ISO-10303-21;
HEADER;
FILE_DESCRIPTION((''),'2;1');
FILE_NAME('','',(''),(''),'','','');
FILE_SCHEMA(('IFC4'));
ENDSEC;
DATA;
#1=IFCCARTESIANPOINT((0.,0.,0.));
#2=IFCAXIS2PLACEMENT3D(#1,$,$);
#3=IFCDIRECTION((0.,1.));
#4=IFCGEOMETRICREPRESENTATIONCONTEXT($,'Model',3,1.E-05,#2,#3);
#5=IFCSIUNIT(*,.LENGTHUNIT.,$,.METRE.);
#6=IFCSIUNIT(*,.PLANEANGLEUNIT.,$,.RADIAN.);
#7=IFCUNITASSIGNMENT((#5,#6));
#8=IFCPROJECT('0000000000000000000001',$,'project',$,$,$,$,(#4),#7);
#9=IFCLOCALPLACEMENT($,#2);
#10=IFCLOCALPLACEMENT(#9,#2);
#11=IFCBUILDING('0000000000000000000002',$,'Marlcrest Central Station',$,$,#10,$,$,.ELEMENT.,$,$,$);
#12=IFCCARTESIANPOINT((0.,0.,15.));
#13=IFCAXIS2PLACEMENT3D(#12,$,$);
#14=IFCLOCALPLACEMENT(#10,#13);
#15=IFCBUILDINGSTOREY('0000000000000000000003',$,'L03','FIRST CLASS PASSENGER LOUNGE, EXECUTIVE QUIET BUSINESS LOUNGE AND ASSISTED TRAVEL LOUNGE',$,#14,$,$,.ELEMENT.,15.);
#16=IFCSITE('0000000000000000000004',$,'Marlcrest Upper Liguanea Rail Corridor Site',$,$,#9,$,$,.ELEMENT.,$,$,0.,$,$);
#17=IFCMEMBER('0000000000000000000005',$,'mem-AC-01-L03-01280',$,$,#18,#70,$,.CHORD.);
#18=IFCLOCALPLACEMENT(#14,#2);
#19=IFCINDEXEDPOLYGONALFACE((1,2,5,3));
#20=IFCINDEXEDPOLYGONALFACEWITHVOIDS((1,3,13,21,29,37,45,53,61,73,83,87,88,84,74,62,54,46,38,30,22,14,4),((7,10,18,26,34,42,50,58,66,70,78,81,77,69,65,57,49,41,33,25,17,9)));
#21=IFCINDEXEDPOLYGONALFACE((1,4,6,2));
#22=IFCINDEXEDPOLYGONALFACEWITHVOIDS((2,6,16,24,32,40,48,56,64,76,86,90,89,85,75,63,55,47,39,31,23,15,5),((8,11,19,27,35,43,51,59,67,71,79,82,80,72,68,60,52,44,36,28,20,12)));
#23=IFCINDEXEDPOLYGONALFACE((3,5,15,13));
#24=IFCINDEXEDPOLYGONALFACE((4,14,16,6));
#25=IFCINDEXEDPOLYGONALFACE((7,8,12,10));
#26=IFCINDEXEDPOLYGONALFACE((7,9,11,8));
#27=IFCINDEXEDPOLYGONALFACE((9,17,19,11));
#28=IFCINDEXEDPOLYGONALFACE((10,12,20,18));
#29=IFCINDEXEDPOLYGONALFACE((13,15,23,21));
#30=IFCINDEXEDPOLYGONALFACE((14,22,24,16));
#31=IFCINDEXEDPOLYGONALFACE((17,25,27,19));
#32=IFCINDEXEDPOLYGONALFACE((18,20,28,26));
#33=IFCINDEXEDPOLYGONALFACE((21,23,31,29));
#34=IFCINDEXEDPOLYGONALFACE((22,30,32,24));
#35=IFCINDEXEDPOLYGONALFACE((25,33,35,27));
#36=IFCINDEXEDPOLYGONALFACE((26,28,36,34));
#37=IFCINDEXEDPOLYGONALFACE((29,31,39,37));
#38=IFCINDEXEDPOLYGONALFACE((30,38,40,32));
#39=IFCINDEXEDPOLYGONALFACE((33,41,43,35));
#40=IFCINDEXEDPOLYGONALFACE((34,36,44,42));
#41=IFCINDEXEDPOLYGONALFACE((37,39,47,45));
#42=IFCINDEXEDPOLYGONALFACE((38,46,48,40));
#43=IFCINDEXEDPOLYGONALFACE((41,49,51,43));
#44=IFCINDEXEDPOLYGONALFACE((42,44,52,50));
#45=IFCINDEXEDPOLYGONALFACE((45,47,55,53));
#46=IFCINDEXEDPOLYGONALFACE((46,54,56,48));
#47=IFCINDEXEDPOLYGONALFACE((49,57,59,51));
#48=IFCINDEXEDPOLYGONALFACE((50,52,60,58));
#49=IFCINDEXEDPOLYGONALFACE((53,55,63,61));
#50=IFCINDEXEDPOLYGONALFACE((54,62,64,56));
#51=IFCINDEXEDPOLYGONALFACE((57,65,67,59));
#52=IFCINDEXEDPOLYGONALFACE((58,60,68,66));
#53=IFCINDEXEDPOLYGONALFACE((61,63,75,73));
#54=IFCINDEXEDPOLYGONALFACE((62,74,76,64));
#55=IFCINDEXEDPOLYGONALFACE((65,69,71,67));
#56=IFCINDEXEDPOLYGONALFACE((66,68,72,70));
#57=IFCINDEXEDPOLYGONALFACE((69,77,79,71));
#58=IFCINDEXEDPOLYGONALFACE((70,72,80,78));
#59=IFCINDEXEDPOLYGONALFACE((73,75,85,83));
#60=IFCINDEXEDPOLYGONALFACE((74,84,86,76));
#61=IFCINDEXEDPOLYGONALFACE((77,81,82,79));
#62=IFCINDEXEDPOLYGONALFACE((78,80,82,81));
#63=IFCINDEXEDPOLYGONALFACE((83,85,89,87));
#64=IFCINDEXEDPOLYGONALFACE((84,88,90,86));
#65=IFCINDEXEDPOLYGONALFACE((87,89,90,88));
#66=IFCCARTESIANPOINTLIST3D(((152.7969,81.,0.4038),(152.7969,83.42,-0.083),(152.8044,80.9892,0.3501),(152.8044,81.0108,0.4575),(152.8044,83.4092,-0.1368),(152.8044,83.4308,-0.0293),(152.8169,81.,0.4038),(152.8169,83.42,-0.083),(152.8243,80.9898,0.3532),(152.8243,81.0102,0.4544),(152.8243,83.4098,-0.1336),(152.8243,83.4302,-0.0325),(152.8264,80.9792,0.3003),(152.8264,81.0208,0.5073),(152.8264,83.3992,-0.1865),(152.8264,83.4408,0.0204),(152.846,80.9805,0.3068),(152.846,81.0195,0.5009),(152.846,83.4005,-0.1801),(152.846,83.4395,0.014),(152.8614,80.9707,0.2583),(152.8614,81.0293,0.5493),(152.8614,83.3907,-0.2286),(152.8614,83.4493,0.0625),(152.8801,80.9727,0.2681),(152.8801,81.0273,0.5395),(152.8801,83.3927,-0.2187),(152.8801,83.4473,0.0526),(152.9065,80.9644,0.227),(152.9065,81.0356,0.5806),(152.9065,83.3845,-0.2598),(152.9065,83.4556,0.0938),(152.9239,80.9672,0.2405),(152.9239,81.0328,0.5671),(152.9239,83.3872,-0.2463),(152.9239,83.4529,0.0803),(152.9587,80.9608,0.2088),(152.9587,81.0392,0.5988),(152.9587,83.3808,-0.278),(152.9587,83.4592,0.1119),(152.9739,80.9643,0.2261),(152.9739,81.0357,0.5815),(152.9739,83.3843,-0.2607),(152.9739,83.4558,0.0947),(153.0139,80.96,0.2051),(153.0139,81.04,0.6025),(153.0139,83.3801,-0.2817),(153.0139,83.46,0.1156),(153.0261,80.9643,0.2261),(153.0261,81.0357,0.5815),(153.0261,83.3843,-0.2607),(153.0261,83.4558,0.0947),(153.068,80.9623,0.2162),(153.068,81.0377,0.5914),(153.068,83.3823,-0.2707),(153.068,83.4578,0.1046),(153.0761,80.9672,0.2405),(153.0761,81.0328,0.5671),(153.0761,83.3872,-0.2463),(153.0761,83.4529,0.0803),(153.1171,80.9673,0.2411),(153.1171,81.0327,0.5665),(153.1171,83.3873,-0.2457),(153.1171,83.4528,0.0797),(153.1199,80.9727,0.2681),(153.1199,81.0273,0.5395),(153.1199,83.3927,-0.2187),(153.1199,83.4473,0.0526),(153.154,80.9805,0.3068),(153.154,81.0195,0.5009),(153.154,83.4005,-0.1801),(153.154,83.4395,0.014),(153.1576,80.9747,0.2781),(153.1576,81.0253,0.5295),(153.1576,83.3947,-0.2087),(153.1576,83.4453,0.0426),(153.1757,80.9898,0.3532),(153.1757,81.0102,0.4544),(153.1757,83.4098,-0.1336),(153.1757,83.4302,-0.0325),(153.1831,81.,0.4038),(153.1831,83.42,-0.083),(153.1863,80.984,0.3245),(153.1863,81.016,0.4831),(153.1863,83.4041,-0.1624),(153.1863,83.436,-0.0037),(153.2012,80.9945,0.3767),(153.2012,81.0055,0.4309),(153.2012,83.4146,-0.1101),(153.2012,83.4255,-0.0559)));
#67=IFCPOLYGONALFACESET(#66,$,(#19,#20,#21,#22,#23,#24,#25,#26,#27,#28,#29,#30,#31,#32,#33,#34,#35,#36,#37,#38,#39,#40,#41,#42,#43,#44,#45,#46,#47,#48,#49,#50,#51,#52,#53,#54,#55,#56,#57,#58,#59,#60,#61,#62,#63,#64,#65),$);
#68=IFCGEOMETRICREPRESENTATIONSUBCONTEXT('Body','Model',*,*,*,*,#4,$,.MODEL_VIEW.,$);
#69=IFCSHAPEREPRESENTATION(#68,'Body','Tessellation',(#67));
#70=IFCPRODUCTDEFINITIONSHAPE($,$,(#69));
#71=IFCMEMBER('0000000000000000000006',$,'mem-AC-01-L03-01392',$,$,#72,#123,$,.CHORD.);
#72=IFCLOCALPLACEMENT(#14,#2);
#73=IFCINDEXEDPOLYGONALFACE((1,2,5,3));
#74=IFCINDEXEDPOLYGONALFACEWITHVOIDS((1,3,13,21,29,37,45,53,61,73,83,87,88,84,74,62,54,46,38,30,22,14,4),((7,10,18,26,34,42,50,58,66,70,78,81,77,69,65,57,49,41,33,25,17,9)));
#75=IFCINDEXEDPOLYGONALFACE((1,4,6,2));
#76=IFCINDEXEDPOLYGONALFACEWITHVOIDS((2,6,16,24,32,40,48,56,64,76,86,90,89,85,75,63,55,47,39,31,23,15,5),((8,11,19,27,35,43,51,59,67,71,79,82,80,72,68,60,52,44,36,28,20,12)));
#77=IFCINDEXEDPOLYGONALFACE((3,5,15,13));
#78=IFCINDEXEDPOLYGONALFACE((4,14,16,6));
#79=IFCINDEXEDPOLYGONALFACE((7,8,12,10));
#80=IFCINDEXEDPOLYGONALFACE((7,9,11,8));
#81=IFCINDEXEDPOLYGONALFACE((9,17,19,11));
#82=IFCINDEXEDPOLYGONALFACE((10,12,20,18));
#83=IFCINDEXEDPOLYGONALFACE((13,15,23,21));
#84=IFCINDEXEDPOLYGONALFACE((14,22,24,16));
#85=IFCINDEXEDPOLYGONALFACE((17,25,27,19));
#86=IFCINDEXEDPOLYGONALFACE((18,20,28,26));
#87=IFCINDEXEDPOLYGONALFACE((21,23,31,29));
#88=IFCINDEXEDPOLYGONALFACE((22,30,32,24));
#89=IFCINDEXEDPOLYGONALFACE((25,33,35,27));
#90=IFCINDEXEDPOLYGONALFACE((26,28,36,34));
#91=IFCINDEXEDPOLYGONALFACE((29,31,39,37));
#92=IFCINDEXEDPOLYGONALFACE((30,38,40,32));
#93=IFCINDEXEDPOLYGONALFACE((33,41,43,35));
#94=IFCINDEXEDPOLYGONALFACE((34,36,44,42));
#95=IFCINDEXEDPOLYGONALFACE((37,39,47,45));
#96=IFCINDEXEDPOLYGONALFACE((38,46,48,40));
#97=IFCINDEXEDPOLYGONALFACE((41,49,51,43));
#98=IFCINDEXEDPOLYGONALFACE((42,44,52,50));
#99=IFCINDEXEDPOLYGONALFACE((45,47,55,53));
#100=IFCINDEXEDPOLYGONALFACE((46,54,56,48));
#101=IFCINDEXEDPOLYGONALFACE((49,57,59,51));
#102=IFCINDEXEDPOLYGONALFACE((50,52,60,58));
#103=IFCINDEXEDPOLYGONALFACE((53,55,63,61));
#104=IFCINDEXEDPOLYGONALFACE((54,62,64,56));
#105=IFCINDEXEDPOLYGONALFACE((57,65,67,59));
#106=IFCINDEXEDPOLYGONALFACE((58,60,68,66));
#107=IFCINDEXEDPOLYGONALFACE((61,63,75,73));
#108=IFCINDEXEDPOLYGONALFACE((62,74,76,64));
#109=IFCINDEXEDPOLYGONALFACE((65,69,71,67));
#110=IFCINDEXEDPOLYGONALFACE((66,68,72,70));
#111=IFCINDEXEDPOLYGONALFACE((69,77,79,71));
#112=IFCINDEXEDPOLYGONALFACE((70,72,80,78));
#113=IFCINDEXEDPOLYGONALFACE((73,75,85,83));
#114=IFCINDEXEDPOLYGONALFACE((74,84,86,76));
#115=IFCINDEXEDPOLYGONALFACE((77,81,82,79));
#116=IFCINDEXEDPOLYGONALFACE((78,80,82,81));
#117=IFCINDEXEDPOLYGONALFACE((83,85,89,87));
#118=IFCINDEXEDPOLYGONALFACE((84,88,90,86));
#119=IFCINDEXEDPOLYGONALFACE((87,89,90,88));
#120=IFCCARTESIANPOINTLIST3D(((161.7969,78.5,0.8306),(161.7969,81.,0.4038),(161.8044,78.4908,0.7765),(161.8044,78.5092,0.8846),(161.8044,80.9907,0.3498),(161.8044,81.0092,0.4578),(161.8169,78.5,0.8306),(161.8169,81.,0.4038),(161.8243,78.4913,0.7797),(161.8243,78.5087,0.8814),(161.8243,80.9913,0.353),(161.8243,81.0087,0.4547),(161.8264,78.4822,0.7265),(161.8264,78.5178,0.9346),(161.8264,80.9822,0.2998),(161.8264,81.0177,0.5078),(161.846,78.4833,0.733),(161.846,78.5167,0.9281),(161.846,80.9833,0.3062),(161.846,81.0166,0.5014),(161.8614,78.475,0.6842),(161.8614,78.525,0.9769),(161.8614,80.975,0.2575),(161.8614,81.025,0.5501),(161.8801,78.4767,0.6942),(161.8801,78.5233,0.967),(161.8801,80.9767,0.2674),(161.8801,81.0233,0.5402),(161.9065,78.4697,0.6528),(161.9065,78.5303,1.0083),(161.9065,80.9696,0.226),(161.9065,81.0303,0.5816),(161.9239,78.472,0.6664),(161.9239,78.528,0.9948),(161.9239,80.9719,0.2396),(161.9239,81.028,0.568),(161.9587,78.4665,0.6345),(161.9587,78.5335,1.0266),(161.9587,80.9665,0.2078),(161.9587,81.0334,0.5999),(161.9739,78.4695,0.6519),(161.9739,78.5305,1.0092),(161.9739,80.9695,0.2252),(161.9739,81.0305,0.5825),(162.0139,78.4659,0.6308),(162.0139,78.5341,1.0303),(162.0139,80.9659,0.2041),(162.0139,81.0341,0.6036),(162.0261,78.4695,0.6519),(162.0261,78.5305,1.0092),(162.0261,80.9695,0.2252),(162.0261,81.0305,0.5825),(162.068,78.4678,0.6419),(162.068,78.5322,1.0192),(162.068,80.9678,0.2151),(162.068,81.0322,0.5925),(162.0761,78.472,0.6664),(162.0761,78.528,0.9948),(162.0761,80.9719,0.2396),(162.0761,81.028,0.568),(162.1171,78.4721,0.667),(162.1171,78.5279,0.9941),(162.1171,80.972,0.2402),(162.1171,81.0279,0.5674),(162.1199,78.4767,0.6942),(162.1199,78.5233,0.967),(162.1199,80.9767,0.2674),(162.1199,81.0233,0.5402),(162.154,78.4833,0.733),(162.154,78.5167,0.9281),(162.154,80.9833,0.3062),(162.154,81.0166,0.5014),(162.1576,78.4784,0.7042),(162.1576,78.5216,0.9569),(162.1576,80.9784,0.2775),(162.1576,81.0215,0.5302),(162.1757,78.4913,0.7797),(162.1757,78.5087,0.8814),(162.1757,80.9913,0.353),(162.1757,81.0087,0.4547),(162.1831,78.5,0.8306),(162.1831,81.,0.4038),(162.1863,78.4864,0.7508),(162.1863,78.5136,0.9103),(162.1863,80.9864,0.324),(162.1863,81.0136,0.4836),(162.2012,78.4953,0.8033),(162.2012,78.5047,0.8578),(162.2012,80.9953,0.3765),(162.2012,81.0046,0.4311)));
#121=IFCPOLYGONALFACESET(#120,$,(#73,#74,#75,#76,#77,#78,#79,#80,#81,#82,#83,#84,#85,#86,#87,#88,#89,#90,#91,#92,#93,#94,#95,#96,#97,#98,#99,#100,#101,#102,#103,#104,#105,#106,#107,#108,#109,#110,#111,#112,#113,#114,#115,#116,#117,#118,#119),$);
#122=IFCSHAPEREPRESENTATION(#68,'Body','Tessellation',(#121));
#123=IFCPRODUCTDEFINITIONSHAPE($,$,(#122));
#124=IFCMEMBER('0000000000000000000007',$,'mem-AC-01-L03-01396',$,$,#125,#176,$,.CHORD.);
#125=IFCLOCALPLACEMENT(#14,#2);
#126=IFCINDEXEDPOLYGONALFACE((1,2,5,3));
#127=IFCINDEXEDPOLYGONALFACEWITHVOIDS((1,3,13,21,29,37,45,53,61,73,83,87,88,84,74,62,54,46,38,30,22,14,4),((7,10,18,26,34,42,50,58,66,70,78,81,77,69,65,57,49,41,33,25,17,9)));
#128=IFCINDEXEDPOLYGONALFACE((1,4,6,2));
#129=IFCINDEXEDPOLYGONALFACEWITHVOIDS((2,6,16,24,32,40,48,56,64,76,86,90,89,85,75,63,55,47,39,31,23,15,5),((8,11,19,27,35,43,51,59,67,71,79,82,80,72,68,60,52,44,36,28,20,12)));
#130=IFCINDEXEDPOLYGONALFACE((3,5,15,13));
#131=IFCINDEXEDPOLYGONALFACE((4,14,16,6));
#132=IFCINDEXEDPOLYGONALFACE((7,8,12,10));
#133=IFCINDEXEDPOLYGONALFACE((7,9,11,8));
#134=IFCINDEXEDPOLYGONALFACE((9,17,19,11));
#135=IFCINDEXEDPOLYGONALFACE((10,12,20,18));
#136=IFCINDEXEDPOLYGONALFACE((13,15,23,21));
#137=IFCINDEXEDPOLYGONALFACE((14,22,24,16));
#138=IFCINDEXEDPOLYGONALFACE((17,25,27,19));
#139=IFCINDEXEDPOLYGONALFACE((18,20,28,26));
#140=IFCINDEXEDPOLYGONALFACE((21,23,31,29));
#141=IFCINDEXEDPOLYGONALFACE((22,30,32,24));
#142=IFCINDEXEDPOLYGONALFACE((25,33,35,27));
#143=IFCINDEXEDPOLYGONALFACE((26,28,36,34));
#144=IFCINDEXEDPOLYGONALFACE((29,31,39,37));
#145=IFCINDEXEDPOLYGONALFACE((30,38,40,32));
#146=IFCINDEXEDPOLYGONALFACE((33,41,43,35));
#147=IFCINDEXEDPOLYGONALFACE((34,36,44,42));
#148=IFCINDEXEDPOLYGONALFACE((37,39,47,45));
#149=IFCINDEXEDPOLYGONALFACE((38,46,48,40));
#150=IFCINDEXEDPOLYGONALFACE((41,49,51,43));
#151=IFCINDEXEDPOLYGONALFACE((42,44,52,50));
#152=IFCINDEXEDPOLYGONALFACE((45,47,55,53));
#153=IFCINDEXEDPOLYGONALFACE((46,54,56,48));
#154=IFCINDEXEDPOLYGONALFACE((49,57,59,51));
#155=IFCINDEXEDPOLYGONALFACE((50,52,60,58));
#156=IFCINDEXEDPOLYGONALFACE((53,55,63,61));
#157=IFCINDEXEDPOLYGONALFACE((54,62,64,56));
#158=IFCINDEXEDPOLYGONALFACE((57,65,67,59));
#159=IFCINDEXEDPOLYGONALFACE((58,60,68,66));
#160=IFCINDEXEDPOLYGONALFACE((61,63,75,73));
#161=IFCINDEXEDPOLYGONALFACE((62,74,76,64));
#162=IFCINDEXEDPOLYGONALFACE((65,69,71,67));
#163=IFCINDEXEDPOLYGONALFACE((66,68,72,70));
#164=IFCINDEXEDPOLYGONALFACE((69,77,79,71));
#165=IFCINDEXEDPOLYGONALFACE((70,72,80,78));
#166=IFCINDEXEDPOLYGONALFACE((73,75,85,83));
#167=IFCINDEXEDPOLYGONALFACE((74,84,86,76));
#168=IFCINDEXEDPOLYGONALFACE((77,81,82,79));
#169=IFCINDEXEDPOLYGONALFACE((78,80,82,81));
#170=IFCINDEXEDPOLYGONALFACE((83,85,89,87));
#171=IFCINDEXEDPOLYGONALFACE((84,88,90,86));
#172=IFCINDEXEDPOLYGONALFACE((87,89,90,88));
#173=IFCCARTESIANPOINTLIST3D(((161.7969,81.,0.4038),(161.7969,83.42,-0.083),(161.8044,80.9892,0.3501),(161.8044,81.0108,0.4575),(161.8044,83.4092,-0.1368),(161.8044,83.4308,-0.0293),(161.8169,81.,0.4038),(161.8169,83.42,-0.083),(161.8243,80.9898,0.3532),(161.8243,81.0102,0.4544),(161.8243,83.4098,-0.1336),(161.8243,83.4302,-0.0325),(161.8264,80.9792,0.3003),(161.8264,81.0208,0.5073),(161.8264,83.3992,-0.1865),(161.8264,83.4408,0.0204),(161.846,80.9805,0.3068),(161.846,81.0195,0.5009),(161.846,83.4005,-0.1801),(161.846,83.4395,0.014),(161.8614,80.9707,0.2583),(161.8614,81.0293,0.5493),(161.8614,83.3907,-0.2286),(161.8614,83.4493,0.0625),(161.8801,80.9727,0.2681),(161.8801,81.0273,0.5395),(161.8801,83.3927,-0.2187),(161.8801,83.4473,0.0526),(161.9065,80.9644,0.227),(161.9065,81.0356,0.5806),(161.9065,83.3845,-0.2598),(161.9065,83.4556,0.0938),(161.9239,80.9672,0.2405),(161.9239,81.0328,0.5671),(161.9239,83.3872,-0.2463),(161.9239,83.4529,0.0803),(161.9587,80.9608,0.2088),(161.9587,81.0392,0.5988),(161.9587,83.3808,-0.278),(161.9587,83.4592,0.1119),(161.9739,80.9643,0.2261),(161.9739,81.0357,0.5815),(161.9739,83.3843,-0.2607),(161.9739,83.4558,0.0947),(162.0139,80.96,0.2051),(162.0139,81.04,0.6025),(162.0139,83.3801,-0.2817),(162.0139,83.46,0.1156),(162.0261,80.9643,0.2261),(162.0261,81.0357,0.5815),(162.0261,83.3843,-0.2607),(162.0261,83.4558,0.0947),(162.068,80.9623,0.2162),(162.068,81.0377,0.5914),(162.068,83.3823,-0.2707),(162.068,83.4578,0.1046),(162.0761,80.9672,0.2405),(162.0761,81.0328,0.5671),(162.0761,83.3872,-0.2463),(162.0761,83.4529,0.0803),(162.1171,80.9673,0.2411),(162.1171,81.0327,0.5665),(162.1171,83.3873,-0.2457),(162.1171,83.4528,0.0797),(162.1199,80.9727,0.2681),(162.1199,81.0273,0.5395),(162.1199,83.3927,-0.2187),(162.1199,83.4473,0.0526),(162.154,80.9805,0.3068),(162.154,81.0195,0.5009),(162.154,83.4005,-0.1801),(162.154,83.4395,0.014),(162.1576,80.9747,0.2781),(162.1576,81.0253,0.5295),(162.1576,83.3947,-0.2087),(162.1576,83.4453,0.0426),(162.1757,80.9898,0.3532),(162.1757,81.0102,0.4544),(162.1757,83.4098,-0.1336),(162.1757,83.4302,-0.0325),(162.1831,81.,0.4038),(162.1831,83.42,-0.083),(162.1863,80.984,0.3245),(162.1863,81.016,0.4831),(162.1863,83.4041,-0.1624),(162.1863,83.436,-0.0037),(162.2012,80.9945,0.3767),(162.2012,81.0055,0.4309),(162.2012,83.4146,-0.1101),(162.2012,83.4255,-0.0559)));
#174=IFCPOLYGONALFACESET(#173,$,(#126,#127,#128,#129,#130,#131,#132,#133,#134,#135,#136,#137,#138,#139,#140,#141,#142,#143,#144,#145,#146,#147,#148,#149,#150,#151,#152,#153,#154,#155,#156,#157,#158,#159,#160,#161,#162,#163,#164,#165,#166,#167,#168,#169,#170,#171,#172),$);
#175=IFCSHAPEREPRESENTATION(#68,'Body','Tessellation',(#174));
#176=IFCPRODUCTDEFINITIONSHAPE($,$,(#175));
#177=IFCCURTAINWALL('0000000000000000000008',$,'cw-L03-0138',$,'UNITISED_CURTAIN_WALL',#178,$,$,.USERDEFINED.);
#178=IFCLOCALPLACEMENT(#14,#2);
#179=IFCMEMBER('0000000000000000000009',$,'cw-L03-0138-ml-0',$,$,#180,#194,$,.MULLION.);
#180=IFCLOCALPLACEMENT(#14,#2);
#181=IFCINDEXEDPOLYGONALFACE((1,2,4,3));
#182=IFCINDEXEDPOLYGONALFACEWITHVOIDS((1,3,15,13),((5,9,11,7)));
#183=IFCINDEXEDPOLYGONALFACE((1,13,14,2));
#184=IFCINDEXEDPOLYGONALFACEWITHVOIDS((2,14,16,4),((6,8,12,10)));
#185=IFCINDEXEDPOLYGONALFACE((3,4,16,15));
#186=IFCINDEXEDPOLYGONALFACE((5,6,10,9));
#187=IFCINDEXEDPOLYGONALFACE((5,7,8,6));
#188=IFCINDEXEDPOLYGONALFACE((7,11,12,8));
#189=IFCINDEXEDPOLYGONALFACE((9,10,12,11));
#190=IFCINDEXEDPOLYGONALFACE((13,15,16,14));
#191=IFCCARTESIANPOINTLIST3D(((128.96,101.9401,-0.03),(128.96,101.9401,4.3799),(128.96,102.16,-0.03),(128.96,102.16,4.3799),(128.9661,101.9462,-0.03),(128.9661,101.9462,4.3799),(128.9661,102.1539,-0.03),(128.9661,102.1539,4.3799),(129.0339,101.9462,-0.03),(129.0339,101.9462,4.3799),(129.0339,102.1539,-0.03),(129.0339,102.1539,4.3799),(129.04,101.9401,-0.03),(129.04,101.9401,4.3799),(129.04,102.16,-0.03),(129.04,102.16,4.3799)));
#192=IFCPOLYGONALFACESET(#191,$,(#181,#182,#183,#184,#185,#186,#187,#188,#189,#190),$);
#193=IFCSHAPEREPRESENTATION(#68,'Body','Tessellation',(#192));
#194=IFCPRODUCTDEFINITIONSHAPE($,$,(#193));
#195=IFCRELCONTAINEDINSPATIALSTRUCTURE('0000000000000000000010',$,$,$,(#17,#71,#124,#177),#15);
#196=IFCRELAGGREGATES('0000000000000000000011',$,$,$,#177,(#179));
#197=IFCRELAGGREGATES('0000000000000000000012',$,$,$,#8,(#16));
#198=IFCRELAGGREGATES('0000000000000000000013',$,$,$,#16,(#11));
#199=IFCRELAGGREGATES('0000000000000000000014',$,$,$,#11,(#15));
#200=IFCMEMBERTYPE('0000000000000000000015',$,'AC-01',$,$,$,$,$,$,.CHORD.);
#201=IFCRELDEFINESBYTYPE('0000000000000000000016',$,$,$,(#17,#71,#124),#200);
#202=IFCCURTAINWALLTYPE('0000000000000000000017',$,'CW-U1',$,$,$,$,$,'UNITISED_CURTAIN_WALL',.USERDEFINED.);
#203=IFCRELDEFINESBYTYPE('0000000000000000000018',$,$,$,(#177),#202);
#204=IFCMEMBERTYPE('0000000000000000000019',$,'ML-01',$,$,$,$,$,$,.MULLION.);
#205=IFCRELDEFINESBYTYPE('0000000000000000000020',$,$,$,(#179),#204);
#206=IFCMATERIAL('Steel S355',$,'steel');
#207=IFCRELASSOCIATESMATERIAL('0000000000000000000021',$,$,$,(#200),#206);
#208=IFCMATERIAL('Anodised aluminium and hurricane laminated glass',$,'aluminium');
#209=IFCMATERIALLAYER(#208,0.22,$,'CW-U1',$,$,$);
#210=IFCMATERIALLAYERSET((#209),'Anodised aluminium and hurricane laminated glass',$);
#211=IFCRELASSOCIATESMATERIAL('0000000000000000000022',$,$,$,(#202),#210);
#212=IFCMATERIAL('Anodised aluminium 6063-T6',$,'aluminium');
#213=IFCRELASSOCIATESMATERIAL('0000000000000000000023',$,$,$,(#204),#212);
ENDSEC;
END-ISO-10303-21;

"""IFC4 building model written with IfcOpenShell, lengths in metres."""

from ifc_helpers import new_model, si_unit, direction, frame, origin, origin_2d, place, context, subcontext, project, spatial, hollow_rectangle, hollow_circle, extrude, material, layer, layer_set, material_profile, profile_set, type_object, element, aggregate, save


model = new_model("IFC4")

# Units and contexts
model_context = context("Model", 3, precision=1e-05, world=origin(), true_north=direction((0.0, 1.0)))
body_context = subcontext(model_context, "Body", "Model", "MODEL_VIEW")
ifc_project = project(units=[si_unit("LENGTHUNIT", "METRE"), si_unit("PLANEANGLEUNIT", "RADIAN")], contexts=[model_context])

# Site, building, storey
site_placement = place(None, origin())
site = spatial("IfcSite", under=ifc_project, at=site_placement, Name="Marlcrest Upper Liguanea Rail Corridor Site", CompositionType="ELEMENT", RefElevation=0.0)
building_placement = place(site_placement, origin())
building = spatial("IfcBuilding", under=site, at=building_placement, Name="Marlcrest Central Station", CompositionType="ELEMENT")
storey_placement = place(building_placement, frame((0.0, 0.0, 15.0)))
storey = spatial("IfcBuildingStorey", under=building, at=storey_placement, Name="L03", Description="FIRST CLASS PASSENGER LOUNGE, EXECUTIVE QUIET BUSINESS LOUNGE AND ASSISTED TRAVEL LOUNGE", CompositionType="ELEMENT", Elevation=15.0)

# Shared definitions
ifc_material_1 = material(Name="Steel S355", Category="steel")

# Members
ifc_material_profile_1 = material_profile(ifc_material_1, hollow_circle(Radius=0.2031, WallThickness=0.02, at=origin_2d()), Name="CHS 406.4x20")
ifc_profile_set_1 = profile_set([ifc_material_profile_1], Name="Steel S355")
member_type_1 = type_object("IfcMemberType", Name="AC-01", PredefinedType="CHORD", material=ifc_profile_set_1)
for number, where, z_axis, x_axis, name in (
    (1, (153.0, 81.0, 0.4038), (0.0, 0.980359, -0.197219), (-1.0, 0.0, 0.0), "mem-AC-01-L03-01280"),
):
    element("IfcMember", number, at=place(storey_placement, frame(where, z_axis=z_axis, x_axis=x_axis)), inside=storey, type_object=member_type_1, Name=name, PredefinedType="CHORD", context=body_context, shape_type="SweptSolid", body=[
        extrude(hollow_circle(Radius=0.2031, WallThickness=0.02, at=origin_2d()), origin(), (0.0, 0.0, 1.0), 2.4685),
    ])
member_1_placement = place(storey_placement, frame((162.0, 78.5, 0.8306), z_axis=(0.0, 0.985741, -0.168269), x_axis=(-1.0, 0.0, 0.0)))
element("IfcMember", 2, at=member_1_placement, inside=storey, type_object=member_type_1, Name="mem-AC-01-L03-01392", PredefinedType="CHORD", context=body_context, shape_type="SweptSolid", body=[
    extrude(hollow_circle(Radius=0.2031, WallThickness=0.02, at=origin_2d()), origin(), (0.0, 0.0, 1.0), 2.5361),
])
member_2_placement = place(storey_placement, frame((162.0, 81.0, 0.4038), z_axis=(0.0, 0.980359, -0.197219), x_axis=(-1.0, 0.0, 0.0)))
element("IfcMember", 3, at=member_2_placement, inside=storey, type_object=member_type_1, Name="mem-AC-01-L03-01396", PredefinedType="CHORD", context=body_context, shape_type="SweptSolid", body=[
    extrude(hollow_circle(Radius=0.2031, WallThickness=0.02, at=origin_2d()), origin(), (0.0, 0.0, 1.0), 2.4685),
])

# Curtain wall, member
ifc_material_2 = material(Name="Anodised aluminium and hurricane laminated glass", Category="aluminium")
ifc_layer_1 = layer(ifc_material_2, 0.22, Name="CW-U1")
ifc_layer_set_1 = layer_set([ifc_layer_1], Name="Anodised aluminium and hurricane laminated glass")
curtain_wall_type = type_object("IfcCurtainWallType", Name="CW-U1", ElementType="UNITISED_CURTAIN_WALL", PredefinedType="USERDEFINED", material=ifc_layer_set_1)
curtain_wall_1_placement = place(storey_placement, origin())
curtain_wall_1 = element("IfcCurtainWall", 4, at=curtain_wall_1_placement, inside=storey, type_object=curtain_wall_type, Name="cw-L03-0138", ObjectType="UNITISED_CURTAIN_WALL", PredefinedType="USERDEFINED")
ifc_material_3 = material(Name="Anodised aluminium 6063-T6", Category="aluminium")
ifc_material_profile_2 = material_profile(ifc_material_3, hollow_rectangle(XDim=0.0801, YDim=0.22, WallThickness=0.0061, at=origin_2d()), Name="AA-RHS 220x80x6")
ifc_profile_set_2 = profile_set([ifc_material_profile_2], Name="Anodised aluminium 6063-T6")
member_type_2 = type_object("IfcMemberType", Name="ML-01", PredefinedType="MULLION", material=ifc_profile_set_2)
member_3_placement = place(storey_placement, frame((129.0, 102.05, -0.03), z_axis=(0.0, 0.0, 1.0), x_axis=(1.0, 0.0, 0.0)))
member_3 = element("IfcMember", 5, at=member_3_placement, type_object=member_type_2, Name="cw-L03-0138-ml-0", PredefinedType="MULLION", context=body_context, shape_type="SweptSolid", body=[
    extrude(hollow_rectangle(XDim=0.0801, YDim=0.22, WallThickness=0.0061, at=origin_2d()), origin(), (0.0, 0.0, 1.0), 4.4099),
])
aggregate(curtain_wall_1, [member_3])

save(model, "model.ifc")
